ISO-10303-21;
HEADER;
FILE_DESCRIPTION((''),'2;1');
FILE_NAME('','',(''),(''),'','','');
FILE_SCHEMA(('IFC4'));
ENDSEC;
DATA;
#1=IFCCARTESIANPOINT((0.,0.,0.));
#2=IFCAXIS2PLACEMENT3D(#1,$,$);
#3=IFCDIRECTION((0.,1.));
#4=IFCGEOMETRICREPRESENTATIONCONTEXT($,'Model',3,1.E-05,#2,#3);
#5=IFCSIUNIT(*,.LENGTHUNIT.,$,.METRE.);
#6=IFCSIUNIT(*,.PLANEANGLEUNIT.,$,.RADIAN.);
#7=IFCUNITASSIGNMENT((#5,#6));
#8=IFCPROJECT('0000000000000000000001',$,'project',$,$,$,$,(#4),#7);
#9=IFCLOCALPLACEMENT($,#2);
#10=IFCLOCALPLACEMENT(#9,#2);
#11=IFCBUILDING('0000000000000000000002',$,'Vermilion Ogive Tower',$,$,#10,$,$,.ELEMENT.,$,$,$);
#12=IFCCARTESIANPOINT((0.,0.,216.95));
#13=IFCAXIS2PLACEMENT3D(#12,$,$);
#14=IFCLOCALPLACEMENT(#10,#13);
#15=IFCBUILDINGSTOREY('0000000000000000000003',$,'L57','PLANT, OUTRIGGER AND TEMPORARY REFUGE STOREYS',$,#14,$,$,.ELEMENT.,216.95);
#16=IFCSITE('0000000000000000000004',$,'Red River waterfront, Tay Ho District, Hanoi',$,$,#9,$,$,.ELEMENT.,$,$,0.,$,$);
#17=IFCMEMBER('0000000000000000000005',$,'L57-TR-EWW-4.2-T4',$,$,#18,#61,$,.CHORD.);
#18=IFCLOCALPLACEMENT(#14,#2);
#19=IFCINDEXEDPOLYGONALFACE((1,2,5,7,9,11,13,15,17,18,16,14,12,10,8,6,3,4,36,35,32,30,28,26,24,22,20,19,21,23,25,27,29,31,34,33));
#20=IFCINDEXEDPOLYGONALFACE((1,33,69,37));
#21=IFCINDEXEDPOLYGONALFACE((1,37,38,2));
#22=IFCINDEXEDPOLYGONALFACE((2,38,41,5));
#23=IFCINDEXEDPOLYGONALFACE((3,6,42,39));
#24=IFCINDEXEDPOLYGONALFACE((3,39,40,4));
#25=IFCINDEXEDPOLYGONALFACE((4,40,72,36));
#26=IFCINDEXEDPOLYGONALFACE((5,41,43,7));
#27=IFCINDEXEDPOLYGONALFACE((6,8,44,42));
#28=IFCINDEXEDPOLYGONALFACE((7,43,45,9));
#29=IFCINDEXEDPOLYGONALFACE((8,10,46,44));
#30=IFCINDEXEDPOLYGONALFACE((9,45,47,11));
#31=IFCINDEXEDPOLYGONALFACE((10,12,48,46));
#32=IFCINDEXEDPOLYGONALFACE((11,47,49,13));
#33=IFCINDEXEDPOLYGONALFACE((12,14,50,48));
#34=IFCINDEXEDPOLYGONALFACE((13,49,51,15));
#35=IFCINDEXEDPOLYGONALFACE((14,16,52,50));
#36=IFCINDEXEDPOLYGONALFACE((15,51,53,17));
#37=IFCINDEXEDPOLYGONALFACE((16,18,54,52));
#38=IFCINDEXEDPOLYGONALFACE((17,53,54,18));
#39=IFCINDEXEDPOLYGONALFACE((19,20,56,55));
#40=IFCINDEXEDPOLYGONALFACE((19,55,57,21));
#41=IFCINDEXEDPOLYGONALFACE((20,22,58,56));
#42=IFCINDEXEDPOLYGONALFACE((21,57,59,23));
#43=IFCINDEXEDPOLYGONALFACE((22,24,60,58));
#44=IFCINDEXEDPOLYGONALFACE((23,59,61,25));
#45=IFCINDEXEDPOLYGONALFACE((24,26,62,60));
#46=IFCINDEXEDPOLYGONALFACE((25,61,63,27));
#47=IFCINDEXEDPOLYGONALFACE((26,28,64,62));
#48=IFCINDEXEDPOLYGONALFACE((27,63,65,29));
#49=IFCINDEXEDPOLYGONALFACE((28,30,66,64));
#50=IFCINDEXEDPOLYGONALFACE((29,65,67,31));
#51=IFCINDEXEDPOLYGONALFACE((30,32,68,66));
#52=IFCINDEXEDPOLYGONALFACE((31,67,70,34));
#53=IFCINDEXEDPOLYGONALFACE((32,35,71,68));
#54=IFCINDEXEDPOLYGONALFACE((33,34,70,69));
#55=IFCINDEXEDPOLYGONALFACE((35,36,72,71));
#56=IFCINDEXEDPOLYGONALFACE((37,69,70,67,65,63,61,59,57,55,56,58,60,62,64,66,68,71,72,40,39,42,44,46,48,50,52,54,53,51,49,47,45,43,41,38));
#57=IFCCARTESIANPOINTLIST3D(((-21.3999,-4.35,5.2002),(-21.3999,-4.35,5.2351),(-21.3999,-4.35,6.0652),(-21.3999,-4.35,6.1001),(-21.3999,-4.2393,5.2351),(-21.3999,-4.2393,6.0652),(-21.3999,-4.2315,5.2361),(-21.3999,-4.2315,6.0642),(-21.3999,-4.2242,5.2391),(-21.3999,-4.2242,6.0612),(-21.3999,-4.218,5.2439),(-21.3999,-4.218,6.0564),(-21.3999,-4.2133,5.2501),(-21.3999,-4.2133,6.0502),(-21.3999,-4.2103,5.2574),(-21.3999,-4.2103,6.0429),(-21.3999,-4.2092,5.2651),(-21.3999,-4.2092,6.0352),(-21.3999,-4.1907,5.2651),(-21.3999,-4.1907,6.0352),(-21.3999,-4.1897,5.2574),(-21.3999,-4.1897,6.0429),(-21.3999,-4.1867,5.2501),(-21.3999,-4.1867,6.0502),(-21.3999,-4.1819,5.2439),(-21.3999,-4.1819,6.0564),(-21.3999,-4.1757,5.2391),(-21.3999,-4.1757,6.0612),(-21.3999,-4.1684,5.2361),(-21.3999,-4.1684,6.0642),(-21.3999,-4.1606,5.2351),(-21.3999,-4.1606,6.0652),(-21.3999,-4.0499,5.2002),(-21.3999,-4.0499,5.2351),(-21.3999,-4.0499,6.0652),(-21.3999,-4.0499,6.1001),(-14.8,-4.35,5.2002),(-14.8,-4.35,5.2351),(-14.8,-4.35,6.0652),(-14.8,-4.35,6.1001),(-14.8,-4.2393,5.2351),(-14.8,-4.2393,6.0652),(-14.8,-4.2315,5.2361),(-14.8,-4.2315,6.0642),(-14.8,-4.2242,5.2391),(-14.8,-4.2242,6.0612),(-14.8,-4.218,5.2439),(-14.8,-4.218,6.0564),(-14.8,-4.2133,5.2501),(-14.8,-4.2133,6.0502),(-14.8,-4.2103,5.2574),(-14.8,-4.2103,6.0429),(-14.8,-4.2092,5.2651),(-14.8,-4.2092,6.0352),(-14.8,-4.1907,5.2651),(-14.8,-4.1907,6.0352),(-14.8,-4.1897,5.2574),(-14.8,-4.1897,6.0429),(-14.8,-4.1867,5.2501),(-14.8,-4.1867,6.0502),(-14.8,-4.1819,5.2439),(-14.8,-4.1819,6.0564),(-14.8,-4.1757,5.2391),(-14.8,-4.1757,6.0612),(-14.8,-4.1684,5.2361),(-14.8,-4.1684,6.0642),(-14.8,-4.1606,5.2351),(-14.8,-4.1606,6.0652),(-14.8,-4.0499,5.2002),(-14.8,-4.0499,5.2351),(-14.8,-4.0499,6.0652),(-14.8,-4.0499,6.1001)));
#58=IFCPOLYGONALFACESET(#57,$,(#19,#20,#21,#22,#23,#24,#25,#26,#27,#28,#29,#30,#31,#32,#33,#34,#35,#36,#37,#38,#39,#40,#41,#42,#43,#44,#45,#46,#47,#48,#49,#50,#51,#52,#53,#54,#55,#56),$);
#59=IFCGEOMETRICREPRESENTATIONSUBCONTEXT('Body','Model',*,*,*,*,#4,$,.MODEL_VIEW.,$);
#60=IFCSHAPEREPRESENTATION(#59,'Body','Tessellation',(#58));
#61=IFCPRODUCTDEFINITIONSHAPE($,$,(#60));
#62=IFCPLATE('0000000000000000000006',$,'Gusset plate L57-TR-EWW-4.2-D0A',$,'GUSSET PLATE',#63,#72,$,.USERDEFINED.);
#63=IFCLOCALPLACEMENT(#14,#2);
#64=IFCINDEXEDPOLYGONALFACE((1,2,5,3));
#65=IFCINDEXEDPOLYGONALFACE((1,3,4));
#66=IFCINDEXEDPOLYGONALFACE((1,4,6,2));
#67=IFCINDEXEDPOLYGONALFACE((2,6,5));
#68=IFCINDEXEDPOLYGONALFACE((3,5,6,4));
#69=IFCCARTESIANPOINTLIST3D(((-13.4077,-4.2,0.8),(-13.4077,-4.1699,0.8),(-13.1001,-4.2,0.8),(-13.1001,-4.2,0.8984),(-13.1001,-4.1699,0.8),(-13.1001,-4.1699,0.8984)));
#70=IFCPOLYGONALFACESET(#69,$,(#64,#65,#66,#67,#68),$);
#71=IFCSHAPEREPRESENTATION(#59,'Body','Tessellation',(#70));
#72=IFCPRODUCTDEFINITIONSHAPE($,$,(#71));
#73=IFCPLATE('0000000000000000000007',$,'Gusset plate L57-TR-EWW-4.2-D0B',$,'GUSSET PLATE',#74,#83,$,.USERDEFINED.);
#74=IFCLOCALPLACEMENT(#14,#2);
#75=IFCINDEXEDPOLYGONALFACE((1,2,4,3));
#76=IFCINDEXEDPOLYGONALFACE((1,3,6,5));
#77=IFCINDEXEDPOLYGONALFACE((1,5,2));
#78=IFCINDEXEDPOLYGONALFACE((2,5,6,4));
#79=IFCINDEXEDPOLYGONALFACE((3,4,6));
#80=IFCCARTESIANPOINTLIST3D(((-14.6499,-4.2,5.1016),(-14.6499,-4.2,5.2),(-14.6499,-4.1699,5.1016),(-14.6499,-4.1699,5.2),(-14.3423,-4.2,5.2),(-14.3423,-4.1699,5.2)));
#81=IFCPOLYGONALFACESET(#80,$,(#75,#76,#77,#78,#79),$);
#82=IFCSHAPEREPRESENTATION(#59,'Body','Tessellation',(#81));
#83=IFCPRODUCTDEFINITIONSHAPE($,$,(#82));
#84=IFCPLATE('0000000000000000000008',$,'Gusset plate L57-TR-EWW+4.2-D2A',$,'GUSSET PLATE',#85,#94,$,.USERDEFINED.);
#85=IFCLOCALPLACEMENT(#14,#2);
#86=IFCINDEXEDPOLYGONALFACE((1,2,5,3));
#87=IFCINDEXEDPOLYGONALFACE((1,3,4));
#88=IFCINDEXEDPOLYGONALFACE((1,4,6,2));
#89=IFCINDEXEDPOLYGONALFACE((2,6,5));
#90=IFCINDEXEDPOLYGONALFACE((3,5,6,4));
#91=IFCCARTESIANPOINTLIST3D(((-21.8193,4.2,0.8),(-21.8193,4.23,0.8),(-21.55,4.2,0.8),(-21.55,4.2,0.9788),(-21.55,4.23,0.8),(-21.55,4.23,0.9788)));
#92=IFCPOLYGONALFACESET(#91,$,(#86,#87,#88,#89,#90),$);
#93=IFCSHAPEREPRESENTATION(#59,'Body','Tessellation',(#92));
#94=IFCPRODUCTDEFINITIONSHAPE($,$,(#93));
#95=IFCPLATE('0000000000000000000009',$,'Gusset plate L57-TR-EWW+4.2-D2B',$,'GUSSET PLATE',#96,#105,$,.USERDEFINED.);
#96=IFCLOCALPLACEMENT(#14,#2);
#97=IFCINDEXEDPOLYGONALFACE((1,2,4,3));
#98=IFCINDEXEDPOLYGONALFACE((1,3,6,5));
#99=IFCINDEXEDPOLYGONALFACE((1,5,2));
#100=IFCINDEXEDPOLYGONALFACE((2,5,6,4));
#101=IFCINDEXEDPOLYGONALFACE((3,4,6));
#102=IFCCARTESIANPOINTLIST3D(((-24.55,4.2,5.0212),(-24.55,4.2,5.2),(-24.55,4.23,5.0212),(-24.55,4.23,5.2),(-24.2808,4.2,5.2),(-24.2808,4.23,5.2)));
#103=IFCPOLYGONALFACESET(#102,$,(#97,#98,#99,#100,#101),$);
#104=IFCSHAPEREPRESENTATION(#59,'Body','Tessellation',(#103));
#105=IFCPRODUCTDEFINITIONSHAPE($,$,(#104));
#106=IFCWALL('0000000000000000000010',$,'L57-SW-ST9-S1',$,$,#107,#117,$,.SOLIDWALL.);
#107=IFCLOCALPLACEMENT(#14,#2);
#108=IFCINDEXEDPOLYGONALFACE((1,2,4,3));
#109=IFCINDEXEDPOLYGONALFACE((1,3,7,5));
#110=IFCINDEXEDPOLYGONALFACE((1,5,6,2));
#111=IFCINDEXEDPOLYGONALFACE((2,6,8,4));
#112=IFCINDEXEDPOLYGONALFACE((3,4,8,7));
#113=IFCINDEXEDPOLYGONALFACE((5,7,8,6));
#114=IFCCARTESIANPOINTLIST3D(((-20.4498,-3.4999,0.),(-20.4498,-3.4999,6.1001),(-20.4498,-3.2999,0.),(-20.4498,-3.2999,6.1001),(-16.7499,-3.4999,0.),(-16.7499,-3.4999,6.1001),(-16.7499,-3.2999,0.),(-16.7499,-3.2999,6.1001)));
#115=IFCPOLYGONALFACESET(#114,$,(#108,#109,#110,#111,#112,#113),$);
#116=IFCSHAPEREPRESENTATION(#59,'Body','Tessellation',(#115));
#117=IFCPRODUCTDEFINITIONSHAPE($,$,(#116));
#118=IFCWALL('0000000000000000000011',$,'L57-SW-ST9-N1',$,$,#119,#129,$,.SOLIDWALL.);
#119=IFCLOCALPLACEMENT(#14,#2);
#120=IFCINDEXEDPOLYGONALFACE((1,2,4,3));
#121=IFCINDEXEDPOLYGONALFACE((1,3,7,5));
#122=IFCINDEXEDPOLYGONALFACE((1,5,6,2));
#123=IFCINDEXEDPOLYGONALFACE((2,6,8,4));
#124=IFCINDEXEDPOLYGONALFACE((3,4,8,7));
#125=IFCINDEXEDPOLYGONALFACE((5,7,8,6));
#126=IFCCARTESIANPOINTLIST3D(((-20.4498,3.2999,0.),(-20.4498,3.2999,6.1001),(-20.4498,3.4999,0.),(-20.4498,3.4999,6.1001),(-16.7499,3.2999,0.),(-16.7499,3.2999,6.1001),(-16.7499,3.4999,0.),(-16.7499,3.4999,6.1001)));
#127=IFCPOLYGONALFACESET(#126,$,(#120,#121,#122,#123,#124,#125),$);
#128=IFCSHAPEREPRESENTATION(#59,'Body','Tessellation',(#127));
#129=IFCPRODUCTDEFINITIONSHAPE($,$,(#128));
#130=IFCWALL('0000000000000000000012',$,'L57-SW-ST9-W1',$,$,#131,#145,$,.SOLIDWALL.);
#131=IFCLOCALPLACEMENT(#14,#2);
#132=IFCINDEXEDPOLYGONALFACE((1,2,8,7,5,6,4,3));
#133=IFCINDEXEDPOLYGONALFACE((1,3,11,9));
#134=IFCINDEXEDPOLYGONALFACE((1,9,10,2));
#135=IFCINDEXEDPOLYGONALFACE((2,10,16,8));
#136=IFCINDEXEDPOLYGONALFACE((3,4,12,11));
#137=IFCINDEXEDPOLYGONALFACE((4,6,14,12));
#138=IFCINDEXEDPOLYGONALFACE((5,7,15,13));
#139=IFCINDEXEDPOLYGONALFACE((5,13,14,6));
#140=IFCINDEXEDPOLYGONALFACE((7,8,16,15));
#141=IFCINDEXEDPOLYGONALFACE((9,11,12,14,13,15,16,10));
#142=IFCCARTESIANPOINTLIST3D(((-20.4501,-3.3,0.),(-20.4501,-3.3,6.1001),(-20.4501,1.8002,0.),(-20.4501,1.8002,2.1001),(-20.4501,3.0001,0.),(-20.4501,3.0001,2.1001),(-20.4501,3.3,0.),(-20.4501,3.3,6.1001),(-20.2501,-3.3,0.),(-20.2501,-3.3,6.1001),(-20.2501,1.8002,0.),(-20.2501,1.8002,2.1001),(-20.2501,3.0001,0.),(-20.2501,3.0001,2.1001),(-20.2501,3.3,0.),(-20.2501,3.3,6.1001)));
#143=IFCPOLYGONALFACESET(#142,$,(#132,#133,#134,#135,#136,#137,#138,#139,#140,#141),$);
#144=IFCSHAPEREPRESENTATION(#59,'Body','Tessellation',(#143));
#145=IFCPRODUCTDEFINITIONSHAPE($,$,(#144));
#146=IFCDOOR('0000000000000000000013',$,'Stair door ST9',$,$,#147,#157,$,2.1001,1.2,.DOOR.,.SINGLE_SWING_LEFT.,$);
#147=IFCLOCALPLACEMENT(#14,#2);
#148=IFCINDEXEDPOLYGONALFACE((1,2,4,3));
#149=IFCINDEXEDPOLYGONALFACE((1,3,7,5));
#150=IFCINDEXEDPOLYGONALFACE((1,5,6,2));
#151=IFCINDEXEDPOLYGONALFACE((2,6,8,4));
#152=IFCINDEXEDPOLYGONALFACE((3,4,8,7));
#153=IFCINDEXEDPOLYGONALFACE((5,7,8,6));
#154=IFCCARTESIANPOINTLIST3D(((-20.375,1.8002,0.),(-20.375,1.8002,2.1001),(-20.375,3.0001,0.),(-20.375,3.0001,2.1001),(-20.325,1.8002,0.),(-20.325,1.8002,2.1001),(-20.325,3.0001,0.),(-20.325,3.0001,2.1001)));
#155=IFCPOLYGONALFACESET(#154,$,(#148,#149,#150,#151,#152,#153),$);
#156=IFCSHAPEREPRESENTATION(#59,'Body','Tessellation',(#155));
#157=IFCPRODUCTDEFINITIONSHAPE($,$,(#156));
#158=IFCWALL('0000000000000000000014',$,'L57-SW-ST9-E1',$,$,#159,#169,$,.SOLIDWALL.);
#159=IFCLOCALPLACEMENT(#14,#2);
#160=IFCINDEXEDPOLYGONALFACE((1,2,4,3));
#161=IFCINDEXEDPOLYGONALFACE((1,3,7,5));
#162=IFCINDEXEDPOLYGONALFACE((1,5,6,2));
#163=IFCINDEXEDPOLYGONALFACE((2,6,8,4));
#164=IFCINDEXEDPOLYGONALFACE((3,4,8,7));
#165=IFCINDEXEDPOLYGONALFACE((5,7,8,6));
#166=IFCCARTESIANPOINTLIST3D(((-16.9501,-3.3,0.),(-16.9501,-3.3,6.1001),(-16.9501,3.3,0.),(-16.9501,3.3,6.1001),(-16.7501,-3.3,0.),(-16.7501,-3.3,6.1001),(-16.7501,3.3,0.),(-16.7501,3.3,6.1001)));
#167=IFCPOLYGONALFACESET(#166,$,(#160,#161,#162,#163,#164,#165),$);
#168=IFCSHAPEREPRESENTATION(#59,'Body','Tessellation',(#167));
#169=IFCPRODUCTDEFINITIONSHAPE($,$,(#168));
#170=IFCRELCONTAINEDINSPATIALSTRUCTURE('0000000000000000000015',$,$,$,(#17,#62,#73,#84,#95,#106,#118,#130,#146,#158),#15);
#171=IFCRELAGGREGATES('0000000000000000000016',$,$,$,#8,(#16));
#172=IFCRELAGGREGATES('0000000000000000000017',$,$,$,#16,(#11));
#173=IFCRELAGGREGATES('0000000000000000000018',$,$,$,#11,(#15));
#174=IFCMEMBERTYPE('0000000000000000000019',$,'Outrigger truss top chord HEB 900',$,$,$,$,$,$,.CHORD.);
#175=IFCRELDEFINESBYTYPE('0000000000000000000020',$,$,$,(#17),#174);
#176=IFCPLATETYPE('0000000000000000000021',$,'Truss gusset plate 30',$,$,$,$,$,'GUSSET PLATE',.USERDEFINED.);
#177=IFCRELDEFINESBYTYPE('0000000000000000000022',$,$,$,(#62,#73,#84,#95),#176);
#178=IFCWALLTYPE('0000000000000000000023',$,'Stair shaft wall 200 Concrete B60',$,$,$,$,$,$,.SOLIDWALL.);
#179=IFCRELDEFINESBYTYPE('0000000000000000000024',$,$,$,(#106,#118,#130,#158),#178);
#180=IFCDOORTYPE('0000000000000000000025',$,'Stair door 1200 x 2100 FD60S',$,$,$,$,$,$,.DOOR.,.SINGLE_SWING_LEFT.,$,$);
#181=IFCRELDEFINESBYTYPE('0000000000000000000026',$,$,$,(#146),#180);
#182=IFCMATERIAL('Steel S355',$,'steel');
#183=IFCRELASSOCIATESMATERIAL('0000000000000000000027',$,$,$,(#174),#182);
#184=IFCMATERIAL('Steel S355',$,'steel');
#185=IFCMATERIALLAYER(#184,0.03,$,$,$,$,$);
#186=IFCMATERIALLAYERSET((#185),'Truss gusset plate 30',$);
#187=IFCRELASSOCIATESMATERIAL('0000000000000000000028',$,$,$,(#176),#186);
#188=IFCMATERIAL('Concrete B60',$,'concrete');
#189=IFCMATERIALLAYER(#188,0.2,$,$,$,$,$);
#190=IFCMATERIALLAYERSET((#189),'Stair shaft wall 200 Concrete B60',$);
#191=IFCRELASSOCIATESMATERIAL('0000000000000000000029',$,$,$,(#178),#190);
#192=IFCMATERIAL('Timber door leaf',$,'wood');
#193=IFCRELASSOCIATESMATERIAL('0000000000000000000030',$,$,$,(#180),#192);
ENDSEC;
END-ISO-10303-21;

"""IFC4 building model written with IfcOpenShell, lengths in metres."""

from ifc_helpers import new_model, si_unit, direction, frame, frame_2d, origin, origin_2d, place, context, subcontext, project, spatial, polyline, rectangle, i_section, outline, extrude, material, layer, layer_set, material_profile, profile_set, type_object, element, fill, save


model = new_model("IFC4")

# Units and contexts
model_context = context("Model", 3, precision=1e-05, world=origin(), true_north=direction((0.0, 1.0)))
body_context = subcontext(model_context, "Body", "Model", "MODEL_VIEW")
ifc_project = project(units=[si_unit("LENGTHUNIT", "METRE"), si_unit("PLANEANGLEUNIT", "RADIAN")], contexts=[model_context])

# Site, building, storey
site_placement = place(None, origin())
site = spatial("IfcSite", under=ifc_project, at=site_placement, Name="Red River waterfront, Tay Ho District, Hanoi", CompositionType="ELEMENT", RefElevation=0.0)
building_placement = place(site_placement, origin())
building = spatial("IfcBuilding", under=site, at=building_placement, Name="Vermilion Ogive Tower", CompositionType="ELEMENT")
storey_placement = place(building_placement, frame((0.0, 0.0, 216.95)))
storey = spatial("IfcBuildingStorey", under=building, at=storey_placement, Name="L57", Description="PLANT, OUTRIGGER AND TEMPORARY REFUGE STOREYS", CompositionType="ELEMENT", Elevation=216.95)

# Member
ifc_material_1 = material(Name="Steel S355", Category="steel")
ifc_material_profile_1 = material_profile(ifc_material_1, i_section(OverallWidth=0.3, OverallDepth=0.8999, WebThickness=0.0186, FlangeThickness=0.0349, FilletRadius=0.03, at=origin_2d()), Name="HEB 900")
ifc_profile_set_1 = profile_set([ifc_material_profile_1], Name="Steel S355")
member_type_1 = type_object("IfcMemberType", Name="Outrigger truss top chord HEB 900", PredefinedType="CHORD", material=ifc_profile_set_1)
member_1_placement = place(storey_placement, frame((-14.8, -4.2, 5.6501), z_axis=(-1.0, 0.0, 0.0), x_axis=(0.0, -1.0, 0.0)))
element("IfcMember", 1, at=member_1_placement, inside=storey, type_object=member_type_1, Name="L57-TR-EWW-4.2-T4", PredefinedType="CHORD", context=body_context, shape_type="SweptSolid", body=[
    extrude(i_section(OverallWidth=0.3, OverallDepth=0.8999, WebThickness=0.0186, FlangeThickness=0.0349, FilletRadius=0.03, at=origin_2d()), origin(), (0.0, 0.0, 1.0), 6.5999),
])

# Plates
ifc_material_2 = material(Name="Steel S355", Category="steel")
ifc_layer_1 = layer(ifc_material_2, 0.03)
ifc_layer_set_1 = layer_set([ifc_layer_1], Name="Truss gusset plate 30")
plate_type = type_object("IfcPlateType", Name="Truss gusset plate 30", ElementType="GUSSET PLATE", PredefinedType="USERDEFINED", material=ifc_layer_set_1)
for number, where, z_axis, x_axis, name in (
    (2, (-13.1001, -4.2, 0.8984), (0.0, -1.0, 0.0), (-0.952468, 0.0, -0.304639), "Gusset plate L57-TR-EWW-4.2-D0A"),
    (3, (-14.6499, -4.2, 5.1016), (0.0, -1.0, 0.0), (0.952468, 0.0, 0.304639), "Gusset plate L57-TR-EWW-4.2-D0B"),
):
    element("IfcPlate", number, at=place(storey_placement, frame(where, z_axis=z_axis, x_axis=x_axis)), inside=storey, type_object=plate_type, Name=name, ObjectType="GUSSET PLATE", PredefinedType="USERDEFINED", context=body_context, shape_type="SweptSolid", body=[
        extrude(outline(polyline([(0.0, 0.0), (0.323, 0.0), (0.03, 0.0937), (0.0, 0.0)])), origin(), (0.0, 0.0, -1.0), 0.03),
    ])
for number, where, z_axis, x_axis, name in (
    (4, (-21.55, 4.2, 0.9788), (0.0, -1.0, 0.0), (-0.833211, 0.0, -0.552956), "Gusset plate L57-TR-EWW+4.2-D2A"),
    (5, (-24.55, 4.2, 5.0212), (0.0, -1.0, 0.0), (0.833211, 0.0, 0.552956), "Gusset plate L57-TR-EWW+4.2-D2B"),
):
    element("IfcPlate", number, at=place(storey_placement, frame(where, z_axis=z_axis, x_axis=x_axis)), inside=storey, type_object=plate_type, Name=name, ObjectType="GUSSET PLATE", PredefinedType="USERDEFINED", context=body_context, shape_type="SweptSolid", body=[
        extrude(outline(polyline([(0.0, 0.0), (0.3232, 0.0), (0.0988, 0.1489), (0.0, 0.0)])), origin(), (0.0, 0.0, -1.0), 0.03),
    ])

# Walls
ifc_material_3 = material(Name="Concrete B60", Category="concrete")
ifc_layer_2 = layer(ifc_material_3, 0.2)
ifc_layer_set_2 = layer_set([ifc_layer_2], Name="Stair shaft wall 200 Concrete B60")
wall_type = type_object("IfcWallType", Name="Stair shaft wall 200 Concrete B60", PredefinedType="SOLIDWALL", material=ifc_layer_set_2)
for number, where, z_axis, x_axis, name in (
    (6, (-20.45, -3.3999, 0.0), (0.0, 0.0, 1.0), (1.0, 0.0, 0.0), "L57-SW-ST9-S1"),
    (7, (-20.45, 3.3999, 0.0), (0.0, 0.0, 1.0), (1.0, 0.0, 0.0), "L57-SW-ST9-N1"),
):
    element("IfcWall", number, at=place(storey_placement, frame(where, z_axis=z_axis, x_axis=x_axis)), inside=storey, type_object=wall_type, Name=name, PredefinedType="SOLIDWALL", context=body_context, shape_type="SweptSolid", body=[
        extrude(rectangle(XDim=3.7, YDim=0.2, at=frame_2d((1.8501, 0.0))), origin(), (0.0, 0.0, 1.0), 6.1001),
    ])

# Wall, opening, door
wall_1_placement = place(storey_placement, frame((-20.3501, -3.3, 0.0), z_axis=(0.0, 0.0, 1.0), x_axis=(0.0, 1.0, 0.0)))
wall_1 = element("IfcWall", 8, at=wall_1_placement, inside=storey, type_object=wall_type, Name="L57-SW-ST9-W1", PredefinedType="SOLIDWALL", context=body_context, shape_type="SweptSolid", body=[
    extrude(rectangle(XDim=6.6001, YDim=0.2, at=frame_2d((3.3, 0.0))), origin(), (0.0, 0.0, 1.0), 6.1001),
])
opening_placement = place(wall_1_placement, frame((5.1001, 0.0, 0.0)))
opening = element("IfcOpeningElement", 9, at=opening_placement, cuts=wall_1, PredefinedType="OPENING", context=body_context, shape_type="SweptSolid", body=[
    extrude(rectangle(XDim=1.2, YDim=2.1001, at=frame_2d((0.6001, 1.05))), frame((0.0, 0.1099, 0.0), z_axis=(0.0, -1.0, 0.0), x_axis=(1.0, 0.0, 0.0)), (0.0, 0.0, 1.0), 0.22),
])
ifc_material_4 = material(Name="Timber door leaf", Category="wood")
door_type = type_object("IfcDoorType", Name="Stair door 1200 x 2100 FD60S", OperationType="SINGLE_SWING_LEFT", PredefinedType="DOOR", material=ifc_material_4)
door_placement = place(opening_placement, origin())
door = element("IfcDoor", 10, at=door_placement, inside=storey, type_object=door_type, Name="Stair door ST9", OperationType="SINGLE_SWING_LEFT", OverallHeight=2.1001, OverallWidth=1.2, PredefinedType="DOOR", context=body_context, shape_type="SweptSolid", body=[
    extrude(rectangle(XDim=1.2, YDim=2.1001, at=frame_2d((0.6001, 1.05))), frame((0.0, 0.0249, 0.0), z_axis=(0.0, -1.0, 0.0), x_axis=(1.0, 0.0, 0.0)), (0.0, 0.0, 1.0), 0.05),
])
fill(opening, door)

# Wall
wall_2_placement = place(storey_placement, frame((-16.8501, -3.3, 0.0), z_axis=(0.0, 0.0, 1.0), x_axis=(0.0, 1.0, 0.0)))
element("IfcWall", 11, at=wall_2_placement, inside=storey, type_object=wall_type, Name="L57-SW-ST9-E1", PredefinedType="SOLIDWALL", context=body_context, shape_type="SweptSolid", body=[
    extrude(rectangle(XDim=6.6001, YDim=0.2, at=frame_2d((3.3, 0.0))), origin(), (0.0, 0.0, 1.0), 6.1001),
])

save(model, "model.ifc")
